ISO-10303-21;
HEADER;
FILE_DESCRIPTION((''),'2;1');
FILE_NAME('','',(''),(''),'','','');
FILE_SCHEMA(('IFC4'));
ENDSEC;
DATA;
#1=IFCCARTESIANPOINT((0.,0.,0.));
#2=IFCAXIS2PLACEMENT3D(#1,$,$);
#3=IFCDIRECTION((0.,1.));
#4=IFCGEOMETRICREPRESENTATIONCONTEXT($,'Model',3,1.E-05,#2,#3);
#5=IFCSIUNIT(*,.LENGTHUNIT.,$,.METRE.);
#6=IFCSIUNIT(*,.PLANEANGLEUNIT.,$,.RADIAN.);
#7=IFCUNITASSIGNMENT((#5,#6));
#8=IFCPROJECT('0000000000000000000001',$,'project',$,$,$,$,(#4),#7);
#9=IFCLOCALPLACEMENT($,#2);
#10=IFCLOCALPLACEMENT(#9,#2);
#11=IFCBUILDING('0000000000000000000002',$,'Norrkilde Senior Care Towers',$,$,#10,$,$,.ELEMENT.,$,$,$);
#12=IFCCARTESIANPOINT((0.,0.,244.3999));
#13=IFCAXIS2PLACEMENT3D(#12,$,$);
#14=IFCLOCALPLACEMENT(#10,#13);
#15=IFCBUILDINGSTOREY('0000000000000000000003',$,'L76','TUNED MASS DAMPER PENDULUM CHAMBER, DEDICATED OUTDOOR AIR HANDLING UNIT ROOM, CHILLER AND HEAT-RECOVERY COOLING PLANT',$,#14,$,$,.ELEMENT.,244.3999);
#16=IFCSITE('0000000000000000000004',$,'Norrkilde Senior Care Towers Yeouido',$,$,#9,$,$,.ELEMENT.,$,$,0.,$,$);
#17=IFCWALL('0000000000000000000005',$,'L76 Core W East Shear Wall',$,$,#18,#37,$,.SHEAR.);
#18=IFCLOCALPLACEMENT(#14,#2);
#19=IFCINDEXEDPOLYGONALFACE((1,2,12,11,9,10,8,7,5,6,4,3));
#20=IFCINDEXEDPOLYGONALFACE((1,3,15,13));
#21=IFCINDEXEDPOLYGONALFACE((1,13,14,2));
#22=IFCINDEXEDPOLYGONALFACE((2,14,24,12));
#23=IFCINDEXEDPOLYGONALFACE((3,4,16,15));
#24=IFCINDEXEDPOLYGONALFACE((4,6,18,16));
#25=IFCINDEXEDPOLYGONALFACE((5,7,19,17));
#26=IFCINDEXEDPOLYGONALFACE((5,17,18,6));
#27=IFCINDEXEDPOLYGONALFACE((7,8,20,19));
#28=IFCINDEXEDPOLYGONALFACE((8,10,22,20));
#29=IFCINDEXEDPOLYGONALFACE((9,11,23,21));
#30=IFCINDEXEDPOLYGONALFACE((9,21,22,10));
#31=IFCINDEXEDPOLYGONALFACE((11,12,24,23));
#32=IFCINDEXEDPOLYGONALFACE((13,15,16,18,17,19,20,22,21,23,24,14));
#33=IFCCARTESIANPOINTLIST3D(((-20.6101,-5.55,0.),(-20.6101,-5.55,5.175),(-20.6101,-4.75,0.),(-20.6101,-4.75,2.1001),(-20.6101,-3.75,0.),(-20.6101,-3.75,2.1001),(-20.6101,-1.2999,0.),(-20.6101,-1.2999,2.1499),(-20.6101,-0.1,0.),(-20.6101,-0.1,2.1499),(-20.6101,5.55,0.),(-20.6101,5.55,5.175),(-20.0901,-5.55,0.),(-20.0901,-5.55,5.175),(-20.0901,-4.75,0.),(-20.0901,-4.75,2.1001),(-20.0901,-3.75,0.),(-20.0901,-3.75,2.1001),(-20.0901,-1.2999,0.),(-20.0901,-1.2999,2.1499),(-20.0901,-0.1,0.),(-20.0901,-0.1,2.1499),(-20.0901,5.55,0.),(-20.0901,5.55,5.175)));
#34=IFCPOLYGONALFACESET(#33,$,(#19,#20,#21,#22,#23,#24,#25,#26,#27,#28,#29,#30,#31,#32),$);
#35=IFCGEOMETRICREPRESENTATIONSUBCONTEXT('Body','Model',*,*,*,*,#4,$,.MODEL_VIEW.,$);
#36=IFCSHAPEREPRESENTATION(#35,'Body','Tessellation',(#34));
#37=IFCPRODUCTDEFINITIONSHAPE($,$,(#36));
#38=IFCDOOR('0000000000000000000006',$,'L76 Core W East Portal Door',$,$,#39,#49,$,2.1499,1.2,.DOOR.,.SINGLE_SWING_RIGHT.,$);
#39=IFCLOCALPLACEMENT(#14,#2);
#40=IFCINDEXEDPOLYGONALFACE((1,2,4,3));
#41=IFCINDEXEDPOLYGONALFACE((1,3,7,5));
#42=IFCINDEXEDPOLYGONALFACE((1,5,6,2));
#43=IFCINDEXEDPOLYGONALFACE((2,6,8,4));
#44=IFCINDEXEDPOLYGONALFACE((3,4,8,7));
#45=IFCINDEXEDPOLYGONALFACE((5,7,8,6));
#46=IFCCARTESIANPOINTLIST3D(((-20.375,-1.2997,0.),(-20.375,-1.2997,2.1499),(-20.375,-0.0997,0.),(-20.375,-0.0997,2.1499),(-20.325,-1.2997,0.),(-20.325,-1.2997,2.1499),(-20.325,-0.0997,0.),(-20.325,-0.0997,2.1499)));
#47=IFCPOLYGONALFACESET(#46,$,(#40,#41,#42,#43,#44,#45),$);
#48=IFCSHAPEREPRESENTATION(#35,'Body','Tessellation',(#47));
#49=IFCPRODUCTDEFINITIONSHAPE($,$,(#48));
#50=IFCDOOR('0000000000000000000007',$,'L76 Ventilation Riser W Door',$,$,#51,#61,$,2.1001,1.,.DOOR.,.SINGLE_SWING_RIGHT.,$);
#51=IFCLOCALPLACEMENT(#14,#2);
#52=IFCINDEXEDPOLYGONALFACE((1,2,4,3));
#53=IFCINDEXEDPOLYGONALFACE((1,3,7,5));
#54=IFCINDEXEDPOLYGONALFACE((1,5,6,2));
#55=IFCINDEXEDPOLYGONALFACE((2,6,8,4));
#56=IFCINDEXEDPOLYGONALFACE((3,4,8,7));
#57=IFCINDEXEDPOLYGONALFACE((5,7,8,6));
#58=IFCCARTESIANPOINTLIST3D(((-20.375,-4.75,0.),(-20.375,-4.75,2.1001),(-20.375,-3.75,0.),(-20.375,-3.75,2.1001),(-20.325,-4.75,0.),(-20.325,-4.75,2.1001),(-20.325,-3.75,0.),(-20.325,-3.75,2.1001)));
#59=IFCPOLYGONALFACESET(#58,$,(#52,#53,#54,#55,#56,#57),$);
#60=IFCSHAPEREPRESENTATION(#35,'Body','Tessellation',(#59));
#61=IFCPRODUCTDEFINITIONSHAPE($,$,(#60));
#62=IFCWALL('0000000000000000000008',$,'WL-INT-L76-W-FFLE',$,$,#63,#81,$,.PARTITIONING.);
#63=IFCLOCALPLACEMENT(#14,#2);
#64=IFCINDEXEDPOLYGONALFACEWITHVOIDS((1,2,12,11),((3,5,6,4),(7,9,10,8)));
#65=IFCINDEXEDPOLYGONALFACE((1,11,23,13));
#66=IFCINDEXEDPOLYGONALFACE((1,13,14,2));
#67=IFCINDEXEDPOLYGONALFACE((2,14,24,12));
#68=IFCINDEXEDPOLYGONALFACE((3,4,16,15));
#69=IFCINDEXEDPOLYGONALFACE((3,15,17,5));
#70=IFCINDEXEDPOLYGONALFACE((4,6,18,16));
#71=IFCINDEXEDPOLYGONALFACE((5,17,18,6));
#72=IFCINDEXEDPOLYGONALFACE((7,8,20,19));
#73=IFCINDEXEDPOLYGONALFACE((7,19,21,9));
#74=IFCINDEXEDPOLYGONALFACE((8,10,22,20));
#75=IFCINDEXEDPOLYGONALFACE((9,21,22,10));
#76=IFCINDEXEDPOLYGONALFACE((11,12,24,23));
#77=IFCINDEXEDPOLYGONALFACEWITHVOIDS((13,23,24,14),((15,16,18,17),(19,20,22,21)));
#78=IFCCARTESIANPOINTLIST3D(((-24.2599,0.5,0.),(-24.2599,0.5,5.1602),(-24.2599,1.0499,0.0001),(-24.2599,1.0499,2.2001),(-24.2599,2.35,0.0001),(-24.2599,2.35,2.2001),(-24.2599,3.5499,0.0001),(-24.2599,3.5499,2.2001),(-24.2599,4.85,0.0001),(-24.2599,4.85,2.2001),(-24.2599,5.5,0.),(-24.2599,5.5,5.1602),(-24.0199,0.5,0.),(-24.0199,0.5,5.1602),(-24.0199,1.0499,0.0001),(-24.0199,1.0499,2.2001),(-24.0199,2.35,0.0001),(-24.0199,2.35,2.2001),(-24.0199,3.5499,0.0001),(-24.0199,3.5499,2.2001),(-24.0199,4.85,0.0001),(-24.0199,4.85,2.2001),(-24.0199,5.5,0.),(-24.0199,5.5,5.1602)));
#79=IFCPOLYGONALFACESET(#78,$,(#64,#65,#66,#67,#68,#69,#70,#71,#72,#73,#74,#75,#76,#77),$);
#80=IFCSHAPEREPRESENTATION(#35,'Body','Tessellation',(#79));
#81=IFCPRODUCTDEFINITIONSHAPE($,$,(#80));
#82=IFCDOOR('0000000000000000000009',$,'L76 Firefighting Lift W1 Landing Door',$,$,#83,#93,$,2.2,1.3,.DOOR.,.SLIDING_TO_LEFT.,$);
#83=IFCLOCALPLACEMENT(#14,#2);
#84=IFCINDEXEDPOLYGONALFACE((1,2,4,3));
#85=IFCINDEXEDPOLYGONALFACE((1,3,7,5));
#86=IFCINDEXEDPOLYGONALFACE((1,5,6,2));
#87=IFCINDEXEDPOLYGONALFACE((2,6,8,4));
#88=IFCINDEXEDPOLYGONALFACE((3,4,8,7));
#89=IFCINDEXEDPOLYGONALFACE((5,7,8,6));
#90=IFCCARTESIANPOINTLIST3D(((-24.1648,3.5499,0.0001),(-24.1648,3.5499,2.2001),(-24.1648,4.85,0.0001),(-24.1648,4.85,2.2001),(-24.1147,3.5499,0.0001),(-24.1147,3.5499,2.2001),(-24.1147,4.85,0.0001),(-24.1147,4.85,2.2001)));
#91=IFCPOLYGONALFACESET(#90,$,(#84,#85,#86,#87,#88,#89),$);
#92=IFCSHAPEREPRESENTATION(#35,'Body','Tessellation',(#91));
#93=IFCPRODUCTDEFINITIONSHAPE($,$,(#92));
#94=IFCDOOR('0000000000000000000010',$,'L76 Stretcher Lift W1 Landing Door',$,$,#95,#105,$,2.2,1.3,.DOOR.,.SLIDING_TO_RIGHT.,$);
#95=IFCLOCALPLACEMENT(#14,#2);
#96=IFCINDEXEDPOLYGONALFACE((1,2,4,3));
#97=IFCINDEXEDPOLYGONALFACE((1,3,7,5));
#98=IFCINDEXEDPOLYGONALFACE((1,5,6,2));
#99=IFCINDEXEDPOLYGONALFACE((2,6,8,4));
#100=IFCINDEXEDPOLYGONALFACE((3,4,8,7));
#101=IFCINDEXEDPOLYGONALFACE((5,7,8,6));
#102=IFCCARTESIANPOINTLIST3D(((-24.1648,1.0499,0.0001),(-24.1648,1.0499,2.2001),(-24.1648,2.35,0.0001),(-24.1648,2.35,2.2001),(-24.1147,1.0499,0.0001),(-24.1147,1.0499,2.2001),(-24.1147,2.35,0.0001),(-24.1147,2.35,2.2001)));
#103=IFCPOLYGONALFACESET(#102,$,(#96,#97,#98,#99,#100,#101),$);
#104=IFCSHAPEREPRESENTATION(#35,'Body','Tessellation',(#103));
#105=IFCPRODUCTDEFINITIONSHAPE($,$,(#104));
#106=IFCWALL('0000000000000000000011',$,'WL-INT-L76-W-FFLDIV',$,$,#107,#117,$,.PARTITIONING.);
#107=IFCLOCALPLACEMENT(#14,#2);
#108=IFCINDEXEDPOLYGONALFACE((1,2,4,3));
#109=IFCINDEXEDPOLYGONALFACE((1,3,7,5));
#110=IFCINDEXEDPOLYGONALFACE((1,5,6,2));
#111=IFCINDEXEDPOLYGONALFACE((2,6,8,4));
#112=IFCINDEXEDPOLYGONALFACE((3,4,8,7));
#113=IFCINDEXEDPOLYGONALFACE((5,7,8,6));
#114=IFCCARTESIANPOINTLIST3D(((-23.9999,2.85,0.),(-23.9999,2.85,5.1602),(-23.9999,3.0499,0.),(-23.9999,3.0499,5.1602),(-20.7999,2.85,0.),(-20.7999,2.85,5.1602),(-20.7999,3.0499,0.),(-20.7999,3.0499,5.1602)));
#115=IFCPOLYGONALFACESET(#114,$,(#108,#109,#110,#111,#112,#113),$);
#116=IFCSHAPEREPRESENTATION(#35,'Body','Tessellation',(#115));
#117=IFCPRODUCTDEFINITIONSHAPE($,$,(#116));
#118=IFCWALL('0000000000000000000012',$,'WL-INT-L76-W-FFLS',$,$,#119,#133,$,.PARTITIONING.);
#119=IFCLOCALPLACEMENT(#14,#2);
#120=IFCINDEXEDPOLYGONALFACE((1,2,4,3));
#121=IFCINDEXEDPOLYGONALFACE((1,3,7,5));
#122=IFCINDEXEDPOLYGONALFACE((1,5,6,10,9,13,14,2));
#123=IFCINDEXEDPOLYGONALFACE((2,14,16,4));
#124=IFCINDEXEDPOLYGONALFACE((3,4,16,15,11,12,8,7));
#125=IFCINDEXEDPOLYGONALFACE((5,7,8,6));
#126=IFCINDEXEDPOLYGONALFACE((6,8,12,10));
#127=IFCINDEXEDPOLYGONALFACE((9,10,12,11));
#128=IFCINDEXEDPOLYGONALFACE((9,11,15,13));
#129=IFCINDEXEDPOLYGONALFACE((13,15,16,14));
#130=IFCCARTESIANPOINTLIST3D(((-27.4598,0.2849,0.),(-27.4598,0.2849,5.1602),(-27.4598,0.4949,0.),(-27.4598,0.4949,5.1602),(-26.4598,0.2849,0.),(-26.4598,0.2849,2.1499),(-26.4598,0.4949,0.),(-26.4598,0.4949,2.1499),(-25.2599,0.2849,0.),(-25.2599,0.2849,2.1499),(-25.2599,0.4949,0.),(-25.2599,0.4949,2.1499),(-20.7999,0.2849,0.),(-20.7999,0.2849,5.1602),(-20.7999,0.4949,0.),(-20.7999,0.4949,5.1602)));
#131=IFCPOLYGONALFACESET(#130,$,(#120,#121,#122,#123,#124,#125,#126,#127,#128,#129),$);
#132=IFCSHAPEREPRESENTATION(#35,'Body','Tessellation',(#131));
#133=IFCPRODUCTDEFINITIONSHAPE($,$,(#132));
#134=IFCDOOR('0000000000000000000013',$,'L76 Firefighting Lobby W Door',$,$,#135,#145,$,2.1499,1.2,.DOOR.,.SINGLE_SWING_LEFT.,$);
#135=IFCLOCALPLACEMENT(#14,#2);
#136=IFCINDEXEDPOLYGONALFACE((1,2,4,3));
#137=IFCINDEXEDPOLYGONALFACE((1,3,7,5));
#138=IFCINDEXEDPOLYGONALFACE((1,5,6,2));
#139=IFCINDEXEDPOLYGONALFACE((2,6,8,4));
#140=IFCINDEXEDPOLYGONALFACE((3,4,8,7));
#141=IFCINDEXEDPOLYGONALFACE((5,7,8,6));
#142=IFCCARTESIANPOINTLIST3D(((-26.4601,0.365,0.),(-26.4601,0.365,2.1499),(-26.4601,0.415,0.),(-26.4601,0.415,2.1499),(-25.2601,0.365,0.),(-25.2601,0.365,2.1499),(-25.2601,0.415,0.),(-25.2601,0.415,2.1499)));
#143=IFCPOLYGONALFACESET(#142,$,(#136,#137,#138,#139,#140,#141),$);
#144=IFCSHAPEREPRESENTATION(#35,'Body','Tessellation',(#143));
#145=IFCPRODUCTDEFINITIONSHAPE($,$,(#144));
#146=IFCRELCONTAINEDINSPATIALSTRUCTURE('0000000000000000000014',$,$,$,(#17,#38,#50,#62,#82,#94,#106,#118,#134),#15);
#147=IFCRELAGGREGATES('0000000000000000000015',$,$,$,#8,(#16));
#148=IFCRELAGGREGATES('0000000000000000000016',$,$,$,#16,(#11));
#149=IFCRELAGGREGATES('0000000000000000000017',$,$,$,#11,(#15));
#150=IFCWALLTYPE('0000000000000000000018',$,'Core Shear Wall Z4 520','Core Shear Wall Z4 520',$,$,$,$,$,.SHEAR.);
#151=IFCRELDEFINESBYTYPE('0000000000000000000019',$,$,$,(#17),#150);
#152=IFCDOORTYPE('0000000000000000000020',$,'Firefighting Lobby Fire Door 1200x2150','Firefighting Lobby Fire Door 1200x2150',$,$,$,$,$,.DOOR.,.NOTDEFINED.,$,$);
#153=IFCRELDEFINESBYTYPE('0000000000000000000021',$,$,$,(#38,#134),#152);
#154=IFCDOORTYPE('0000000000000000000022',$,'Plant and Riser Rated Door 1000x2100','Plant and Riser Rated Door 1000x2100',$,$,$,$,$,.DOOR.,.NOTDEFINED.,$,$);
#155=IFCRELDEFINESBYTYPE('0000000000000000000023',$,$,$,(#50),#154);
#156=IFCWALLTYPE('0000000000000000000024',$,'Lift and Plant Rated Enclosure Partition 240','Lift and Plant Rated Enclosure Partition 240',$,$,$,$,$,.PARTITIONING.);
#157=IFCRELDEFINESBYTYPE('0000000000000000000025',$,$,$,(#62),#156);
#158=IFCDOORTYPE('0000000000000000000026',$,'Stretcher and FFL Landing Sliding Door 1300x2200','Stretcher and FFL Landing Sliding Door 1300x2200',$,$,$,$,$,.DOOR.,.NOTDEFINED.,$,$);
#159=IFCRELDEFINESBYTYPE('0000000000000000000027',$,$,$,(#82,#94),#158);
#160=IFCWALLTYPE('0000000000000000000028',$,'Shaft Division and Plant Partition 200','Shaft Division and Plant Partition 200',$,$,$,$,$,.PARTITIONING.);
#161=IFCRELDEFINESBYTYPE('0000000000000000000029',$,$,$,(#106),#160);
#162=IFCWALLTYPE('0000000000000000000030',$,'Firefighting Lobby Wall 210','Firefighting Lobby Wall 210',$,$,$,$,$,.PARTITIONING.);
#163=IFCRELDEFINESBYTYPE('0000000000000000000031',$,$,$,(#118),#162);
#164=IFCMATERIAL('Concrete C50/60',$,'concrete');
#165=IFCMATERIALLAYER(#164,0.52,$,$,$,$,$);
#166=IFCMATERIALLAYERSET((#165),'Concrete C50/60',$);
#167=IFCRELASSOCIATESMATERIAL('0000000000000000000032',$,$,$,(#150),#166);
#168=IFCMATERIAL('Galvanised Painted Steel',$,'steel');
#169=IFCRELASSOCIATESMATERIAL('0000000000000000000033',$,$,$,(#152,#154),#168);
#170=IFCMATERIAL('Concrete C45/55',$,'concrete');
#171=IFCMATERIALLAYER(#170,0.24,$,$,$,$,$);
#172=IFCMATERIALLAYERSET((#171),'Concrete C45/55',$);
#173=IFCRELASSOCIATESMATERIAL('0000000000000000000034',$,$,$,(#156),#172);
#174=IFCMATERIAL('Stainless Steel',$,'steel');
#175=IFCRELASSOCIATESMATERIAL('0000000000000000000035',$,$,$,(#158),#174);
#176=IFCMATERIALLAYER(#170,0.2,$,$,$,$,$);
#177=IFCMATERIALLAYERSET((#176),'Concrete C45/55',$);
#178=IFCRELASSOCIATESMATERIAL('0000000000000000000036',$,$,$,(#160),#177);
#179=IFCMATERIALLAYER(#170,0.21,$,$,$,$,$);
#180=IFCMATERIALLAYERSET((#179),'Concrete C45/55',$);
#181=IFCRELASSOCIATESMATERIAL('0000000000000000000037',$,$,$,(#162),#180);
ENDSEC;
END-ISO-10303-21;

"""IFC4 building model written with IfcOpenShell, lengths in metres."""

from ifc_helpers import new_model, si_unit, direction, frame, frame_2d, origin, place, context, subcontext, project, spatial, rectangle, extrude, source, transform, mapped, material, layer, layer_set, type_object, type_shapes, element, fill, save


model = new_model("IFC4")

# Units and contexts
model_context = context("Model", 3, precision=1e-05, world=origin(), true_north=direction((0.0, 1.0)))
body_context = subcontext(model_context, "Body", "Model", "MODEL_VIEW")
ifc_project = project(units=[si_unit("LENGTHUNIT", "METRE"), si_unit("PLANEANGLEUNIT", "RADIAN")], contexts=[model_context])

# Site, building, storey
site_placement = place(None, origin())
site = spatial("IfcSite", under=ifc_project, at=site_placement, Name="Norrkilde Senior Care Towers Yeouido", CompositionType="ELEMENT", RefElevation=0.0)
building_placement = place(site_placement, origin())
building = spatial("IfcBuilding", under=site, at=building_placement, Name="Norrkilde Senior Care Towers", CompositionType="ELEMENT")
storey_placement = place(building_placement, frame((0.0, 0.0, 244.3999)))
storey = spatial("IfcBuildingStorey", under=building, at=storey_placement, Name="L76", Description="TUNED MASS DAMPER PENDULUM CHAMBER, DEDICATED OUTDOOR AIR HANDLING UNIT ROOM, CHILLER AND HEAT-RECOVERY COOLING PLANT", CompositionType="ELEMENT", Elevation=244.3999)

# Shared definitions
ifc_material_1 = material(Name="Concrete C50/60", Category="concrete")

# Wall, openings, doors
ifc_layer_1 = layer(ifc_material_1, 0.52)
ifc_layer_set_1 = layer_set([ifc_layer_1], Name="Concrete C50/60")
wall_type_1 = type_object("IfcWallType", Name="Core Shear Wall Z4 520", Description="Core Shear Wall Z4 520", PredefinedType="SHEAR", material=ifc_layer_set_1)
shared_shape_1 = source(origin(), body_context, "Body", "SweptSolid", [
    extrude(rectangle(XDim=11.1001, YDim=0.52, at=frame_2d((5.55, 0.0))), origin(), (0.0, 0.0, 1.0), 5.175),
])
type_shapes(wall_type_1, [shared_shape_1])
wall_1_placement = place(storey_placement, frame((-20.3501, 5.55, 0.0), z_axis=(0.0, 0.0, 1.0), x_axis=(0.0, -1.0, 0.0)))
wall_1 = element("IfcWall", 1, at=wall_1_placement, inside=storey, type_object=wall_type_1, Name="L76 Core W East Shear Wall", PredefinedType="SHEAR", context=body_context, shape_type="MappedRepresentation", body=[
    mapped(shared_shape_1, transform((0.0, 0.0, 0.0), x_axis=(1.0, 0.0, 0.0), y_axis=(0.0, 1.0, 0.0), z_axis=(0.0, 0.0, 1.0), scale=1.0)),
])
opening_1_placement = place(wall_1_placement, frame((5.6499, 0.0, 0.0)))
opening_1 = element("IfcOpeningElement", 2, at=opening_1_placement, cuts=wall_1, PredefinedType="OPENING", context=body_context, shape_type="SweptSolid", body=[
    extrude(rectangle(XDim=1.2, YDim=2.1499, at=frame_2d((0.6001, 1.075))), frame((0.0, 0.27, 0.0), z_axis=(0.0, -1.0, 0.0), x_axis=(1.0, 0.0, 0.0)), (0.0, 0.0, 1.0), 0.54),
])
opening_2_placement = place(wall_1_placement, frame((9.3, 0.0, 0.0)))
opening_2 = element("IfcOpeningElement", 3, at=opening_2_placement, cuts=wall_1, PredefinedType="OPENING", context=body_context, shape_type="SweptSolid", body=[
    extrude(rectangle(XDim=1.0, YDim=2.1001, at=frame_2d((0.5, 1.05))), frame((0.0, 0.27, 0.0), z_axis=(0.0, -1.0, 0.0), x_axis=(1.0, 0.0, 0.0)), (0.0, 0.0, 1.0), 0.54),
])
ifc_material_2 = material(Name="Galvanised Painted Steel", Category="steel")
door_type_1 = type_object("IfcDoorType", Name="Firefighting Lobby Fire Door 1200x2150", Description="Firefighting Lobby Fire Door 1200x2150", OperationType="NOTDEFINED", PredefinedType="DOOR", material=ifc_material_2)
shared_shape_2 = source(origin(), body_context, "Body", "SweptSolid", [
    extrude(rectangle(XDim=1.2, YDim=2.1499, at=frame_2d((0.6001, 1.075))), frame((0.0, 0.0249, 0.0), z_axis=(0.0, -1.0, 0.0), x_axis=(1.0, 0.0, 0.0)), (0.0, 0.0, 1.0), 0.05),
])
type_shapes(door_type_1, [shared_shape_2])
door_1_placement = place(opening_1_placement, frame((1.2, 0.0, 0.0), z_axis=(0.0, 0.0, 1.0), x_axis=(-1.0, 0.0, 0.0)))
door_1 = element("IfcDoor", 4, at=door_1_placement, inside=storey, type_object=door_type_1, Name="L76 Core W East Portal Door", OperationType="SINGLE_SWING_RIGHT", OverallHeight=2.1499, OverallWidth=1.2, PredefinedType="DOOR", context=body_context, shape_type="MappedRepresentation", body=[
    mapped(shared_shape_2, transform((0.0, 0.0, 0.0), x_axis=(1.0, 0.0, 0.0), y_axis=(0.0, 1.0, 0.0), z_axis=(0.0, 0.0, 1.0), scale=1.0)),
])
fill(opening_1, door_1)
door_type_2 = type_object("IfcDoorType", Name="Plant and Riser Rated Door 1000x2100", Description="Plant and Riser Rated Door 1000x2100", OperationType="NOTDEFINED", PredefinedType="DOOR", material=ifc_material_2)
shared_shape_3 = source(origin(), body_context, "Body", "SweptSolid", [
    extrude(rectangle(XDim=1.0, YDim=2.1001, at=frame_2d((0.5, 1.05))), frame((0.0, 0.0249, 0.0), z_axis=(0.0, -1.0, 0.0), x_axis=(1.0, 0.0, 0.0)), (0.0, 0.0, 1.0), 0.05),
])
type_shapes(door_type_2, [shared_shape_3])
door_2_placement = place(opening_2_placement, frame((1.0, 0.0, 0.0), z_axis=(0.0, 0.0, 1.0), x_axis=(-1.0, 0.0, 0.0)))
door_2 = element("IfcDoor", 5, at=door_2_placement, inside=storey, type_object=door_type_2, Name="L76 Ventilation Riser W Door", OperationType="SINGLE_SWING_RIGHT", OverallHeight=2.1001, OverallWidth=1.0, PredefinedType="DOOR", context=body_context, shape_type="MappedRepresentation", body=[
    mapped(shared_shape_3, transform((0.0, 0.0, 0.0), x_axis=(1.0, 0.0, 0.0), y_axis=(0.0, 1.0, 0.0), z_axis=(0.0, 0.0, 1.0), scale=1.0)),
])
fill(opening_2, door_2)

# Shared definitions
ifc_material_3 = material(Name="Concrete C45/55", Category="concrete")

# Wall, openings, doors
ifc_layer_2 = layer(ifc_material_3, 0.24)
ifc_layer_set_2 = layer_set([ifc_layer_2], Name="Concrete C45/55")
wall_type_2 = type_object("IfcWallType", Name="Lift and Plant Rated Enclosure Partition 240", Description="Lift and Plant Rated Enclosure Partition 240", PredefinedType="PARTITIONING", material=ifc_layer_set_2)
shared_shape_4 = source(origin(), body_context, "Body", "SweptSolid", [
    extrude(rectangle(XDim=5.0, YDim=0.24, at=frame_2d((2.5, 0.0))), origin(), (0.0, 0.0, 1.0), 5.1602),
])
type_shapes(wall_type_2, [shared_shape_4])
wall_2_placement = place(storey_placement, frame((-24.1399, 0.5, 0.0), z_axis=(0.0, 0.0, 1.0), x_axis=(0.0, 1.0, 0.0)))
wall_2 = element("IfcWall", 6, at=wall_2_placement, inside=storey, type_object=wall_type_2, Name="WL-INT-L76-W-FFLE", PredefinedType="PARTITIONING", context=body_context, shape_type="MappedRepresentation", body=[
    mapped(shared_shape_4, transform((0.0, 0.0, 0.0), x_axis=(1.0, 0.0, 0.0), y_axis=(0.0, 1.0, 0.0), z_axis=(0.0, 0.0, 1.0), scale=1.0)),
])
opening_3_placement = place(wall_2_placement, frame((3.05, 0.0, 0.0)))
opening_3 = element("IfcOpeningElement", 7, at=opening_3_placement, cuts=wall_2, PredefinedType="OPENING", context=body_context, shape_type="SweptSolid", body=[
    extrude(rectangle(XDim=1.3, YDim=2.2, at=frame_2d((0.6499, 1.1001))), frame((0.0, 0.1299, 0.0), z_axis=(0.0, -1.0, 0.0), x_axis=(1.0, 0.0, 0.0)), (0.0, 0.0, 1.0), 0.26),
])
opening_4_placement = place(wall_2_placement, frame((0.55, 0.0, 0.0)))
opening_4 = element("IfcOpeningElement", 8, at=opening_4_placement, cuts=wall_2, PredefinedType="OPENING", context=body_context, shape_type="SweptSolid", body=[
    extrude(rectangle(XDim=1.3, YDim=2.2, at=frame_2d((0.6499, 1.1001))), frame((0.0, 0.1299, 0.0), z_axis=(0.0, -1.0, 0.0), x_axis=(1.0, 0.0, 0.0)), (0.0, 0.0, 1.0), 0.26),
])
ifc_material_4 = material(Name="Stainless Steel", Category="steel")
door_type_3 = type_object("IfcDoorType", Name="Stretcher and FFL Landing Sliding Door 1300x2200", Description="Stretcher and FFL Landing Sliding Door 1300x2200", OperationType="NOTDEFINED", PredefinedType="DOOR", material=ifc_material_4)
shared_shape_5 = source(origin(), body_context, "Body", "SweptSolid", [
    extrude(rectangle(XDim=1.3, YDim=2.2, at=frame_2d((0.6499, 1.1001))), frame((0.0, 0.0249, 0.0), z_axis=(0.0, -1.0, 0.0), x_axis=(1.0, 0.0, 0.0)), (0.0, 0.0, 1.0), 0.05),
])
type_shapes(door_type_3, [shared_shape_5])
door_3_placement = place(opening_3_placement, origin())
door_3 = element("IfcDoor", 9, at=door_3_placement, inside=storey, type_object=door_type_3, Name="L76 Firefighting Lift W1 Landing Door", OperationType="SLIDING_TO_LEFT", OverallHeight=2.2, OverallWidth=1.3, PredefinedType="DOOR", context=body_context, shape_type="MappedRepresentation", body=[
    mapped(shared_shape_5, transform((0.0, 0.0, 0.0), x_axis=(1.0, 0.0, 0.0), y_axis=(0.0, 1.0, 0.0), z_axis=(0.0, 0.0, 1.0), scale=1.0)),
])
fill(opening_3, door_3)
door_4_placement = place(opening_4_placement, origin())
door_4 = element("IfcDoor", 10, at=door_4_placement, inside=storey, type_object=door_type_3, Name="L76 Stretcher Lift W1 Landing Door", OperationType="SLIDING_TO_RIGHT", OverallHeight=2.2, OverallWidth=1.3, PredefinedType="DOOR", context=body_context, shape_type="MappedRepresentation", body=[
    mapped(shared_shape_5, transform((0.0, 0.0, 0.0), x_axis=(1.0, 0.0, 0.0), y_axis=(0.0, 1.0, 0.0), z_axis=(0.0, 0.0, 1.0), scale=1.0)),
])
fill(opening_4, door_4)

# Wall
ifc_layer_3 = layer(ifc_material_3, 0.2)
ifc_layer_set_3 = layer_set([ifc_layer_3], Name="Concrete C45/55")
wall_type_3 = type_object("IfcWallType", Name="Shaft Division and Plant Partition 200", Description="Shaft Division and Plant Partition 200", PredefinedType="PARTITIONING", material=ifc_layer_set_3)
shared_shape_6 = source(origin(), body_context, "Body", "SweptSolid", [
    extrude(rectangle(XDim=3.2, YDim=0.2, at=frame_2d((1.6001, 0.0))), origin(), (0.0, 0.0, 1.0), 5.1602),
])
wall_3_placement = place(storey_placement, frame((-24.0, 2.95, 0.0), z_axis=(0.0, 0.0, 1.0), x_axis=(1.0, 0.0, 0.0)))
element("IfcWall", 11, at=wall_3_placement, inside=storey, type_object=wall_type_3, Name="WL-INT-L76-W-FFLDIV", PredefinedType="PARTITIONING", context=body_context, shape_type="MappedRepresentation", body=[
    mapped(shared_shape_6, transform((0.0, 0.0, 0.0), x_axis=(1.0, 0.0, 0.0), y_axis=(0.0, 1.0, 0.0), z_axis=(0.0, 0.0, 1.0), scale=1.0)),
])

# Wall, opening, door
ifc_layer_4 = layer(ifc_material_3, 0.21)
ifc_layer_set_4 = layer_set([ifc_layer_4], Name="Concrete C45/55")
wall_type_4 = type_object("IfcWallType", Name="Firefighting Lobby Wall 210", Description="Firefighting Lobby Wall 210", PredefinedType="PARTITIONING", material=ifc_layer_set_4)
shared_shape_7 = source(origin(), body_context, "Body", "SweptSolid", [
    extrude(rectangle(XDim=6.6599, YDim=0.21, at=frame_2d((3.3301, 0.0))), origin(), (0.0, 0.0, 1.0), 5.1602),
])
type_shapes(wall_type_4, [shared_shape_7])
wall_4_placement = place(storey_placement, frame((-27.46, 0.3899, 0.0), z_axis=(0.0, 0.0, 1.0), x_axis=(1.0, 0.0, 0.0)))
wall_4 = element("IfcWall", 12, at=wall_4_placement, inside=storey, type_object=wall_type_4, Name="WL-INT-L76-W-FFLS", PredefinedType="PARTITIONING", context=body_context, shape_type="MappedRepresentation", body=[
    mapped(shared_shape_7, transform((0.0, 0.0, 0.0), x_axis=(1.0, 0.0, 0.0), y_axis=(0.0, 1.0, 0.0), z_axis=(0.0, 0.0, 1.0), scale=1.0)),
])
opening_5_placement = place(wall_4_placement, frame((1.0, 0.0, 0.0)))
opening_5 = element("IfcOpeningElement", 13, at=opening_5_placement, cuts=wall_4, PredefinedType="OPENING", context=body_context, shape_type="SweptSolid", body=[
    extrude(rectangle(XDim=1.2, YDim=2.1499, at=frame_2d((0.6001, 1.075))), frame((0.0, 0.115, 0.0), z_axis=(0.0, -1.0, 0.0), x_axis=(1.0, 0.0, 0.0)), (0.0, 0.0, 1.0), 0.23),
])
door_5_placement = place(opening_5_placement, frame((1.2, 0.0, 0.0), z_axis=(0.0, 0.0, 1.0), x_axis=(-1.0, 0.0, 0.0)))
door_5 = element("IfcDoor", 14, at=door_5_placement, inside=storey, type_object=door_type_1, Name="L76 Firefighting Lobby W Door", OperationType="SINGLE_SWING_LEFT", OverallHeight=2.1499, OverallWidth=1.2, PredefinedType="DOOR", context=body_context, shape_type="MappedRepresentation", body=[
    mapped(shared_shape_2, transform((0.0, 0.0, 0.0), x_axis=(1.0, 0.0, 0.0), y_axis=(0.0, 1.0, 0.0), z_axis=(0.0, 0.0, 1.0), scale=1.0)),
])
fill(opening_5, door_5)

save(model, "model.ifc")
